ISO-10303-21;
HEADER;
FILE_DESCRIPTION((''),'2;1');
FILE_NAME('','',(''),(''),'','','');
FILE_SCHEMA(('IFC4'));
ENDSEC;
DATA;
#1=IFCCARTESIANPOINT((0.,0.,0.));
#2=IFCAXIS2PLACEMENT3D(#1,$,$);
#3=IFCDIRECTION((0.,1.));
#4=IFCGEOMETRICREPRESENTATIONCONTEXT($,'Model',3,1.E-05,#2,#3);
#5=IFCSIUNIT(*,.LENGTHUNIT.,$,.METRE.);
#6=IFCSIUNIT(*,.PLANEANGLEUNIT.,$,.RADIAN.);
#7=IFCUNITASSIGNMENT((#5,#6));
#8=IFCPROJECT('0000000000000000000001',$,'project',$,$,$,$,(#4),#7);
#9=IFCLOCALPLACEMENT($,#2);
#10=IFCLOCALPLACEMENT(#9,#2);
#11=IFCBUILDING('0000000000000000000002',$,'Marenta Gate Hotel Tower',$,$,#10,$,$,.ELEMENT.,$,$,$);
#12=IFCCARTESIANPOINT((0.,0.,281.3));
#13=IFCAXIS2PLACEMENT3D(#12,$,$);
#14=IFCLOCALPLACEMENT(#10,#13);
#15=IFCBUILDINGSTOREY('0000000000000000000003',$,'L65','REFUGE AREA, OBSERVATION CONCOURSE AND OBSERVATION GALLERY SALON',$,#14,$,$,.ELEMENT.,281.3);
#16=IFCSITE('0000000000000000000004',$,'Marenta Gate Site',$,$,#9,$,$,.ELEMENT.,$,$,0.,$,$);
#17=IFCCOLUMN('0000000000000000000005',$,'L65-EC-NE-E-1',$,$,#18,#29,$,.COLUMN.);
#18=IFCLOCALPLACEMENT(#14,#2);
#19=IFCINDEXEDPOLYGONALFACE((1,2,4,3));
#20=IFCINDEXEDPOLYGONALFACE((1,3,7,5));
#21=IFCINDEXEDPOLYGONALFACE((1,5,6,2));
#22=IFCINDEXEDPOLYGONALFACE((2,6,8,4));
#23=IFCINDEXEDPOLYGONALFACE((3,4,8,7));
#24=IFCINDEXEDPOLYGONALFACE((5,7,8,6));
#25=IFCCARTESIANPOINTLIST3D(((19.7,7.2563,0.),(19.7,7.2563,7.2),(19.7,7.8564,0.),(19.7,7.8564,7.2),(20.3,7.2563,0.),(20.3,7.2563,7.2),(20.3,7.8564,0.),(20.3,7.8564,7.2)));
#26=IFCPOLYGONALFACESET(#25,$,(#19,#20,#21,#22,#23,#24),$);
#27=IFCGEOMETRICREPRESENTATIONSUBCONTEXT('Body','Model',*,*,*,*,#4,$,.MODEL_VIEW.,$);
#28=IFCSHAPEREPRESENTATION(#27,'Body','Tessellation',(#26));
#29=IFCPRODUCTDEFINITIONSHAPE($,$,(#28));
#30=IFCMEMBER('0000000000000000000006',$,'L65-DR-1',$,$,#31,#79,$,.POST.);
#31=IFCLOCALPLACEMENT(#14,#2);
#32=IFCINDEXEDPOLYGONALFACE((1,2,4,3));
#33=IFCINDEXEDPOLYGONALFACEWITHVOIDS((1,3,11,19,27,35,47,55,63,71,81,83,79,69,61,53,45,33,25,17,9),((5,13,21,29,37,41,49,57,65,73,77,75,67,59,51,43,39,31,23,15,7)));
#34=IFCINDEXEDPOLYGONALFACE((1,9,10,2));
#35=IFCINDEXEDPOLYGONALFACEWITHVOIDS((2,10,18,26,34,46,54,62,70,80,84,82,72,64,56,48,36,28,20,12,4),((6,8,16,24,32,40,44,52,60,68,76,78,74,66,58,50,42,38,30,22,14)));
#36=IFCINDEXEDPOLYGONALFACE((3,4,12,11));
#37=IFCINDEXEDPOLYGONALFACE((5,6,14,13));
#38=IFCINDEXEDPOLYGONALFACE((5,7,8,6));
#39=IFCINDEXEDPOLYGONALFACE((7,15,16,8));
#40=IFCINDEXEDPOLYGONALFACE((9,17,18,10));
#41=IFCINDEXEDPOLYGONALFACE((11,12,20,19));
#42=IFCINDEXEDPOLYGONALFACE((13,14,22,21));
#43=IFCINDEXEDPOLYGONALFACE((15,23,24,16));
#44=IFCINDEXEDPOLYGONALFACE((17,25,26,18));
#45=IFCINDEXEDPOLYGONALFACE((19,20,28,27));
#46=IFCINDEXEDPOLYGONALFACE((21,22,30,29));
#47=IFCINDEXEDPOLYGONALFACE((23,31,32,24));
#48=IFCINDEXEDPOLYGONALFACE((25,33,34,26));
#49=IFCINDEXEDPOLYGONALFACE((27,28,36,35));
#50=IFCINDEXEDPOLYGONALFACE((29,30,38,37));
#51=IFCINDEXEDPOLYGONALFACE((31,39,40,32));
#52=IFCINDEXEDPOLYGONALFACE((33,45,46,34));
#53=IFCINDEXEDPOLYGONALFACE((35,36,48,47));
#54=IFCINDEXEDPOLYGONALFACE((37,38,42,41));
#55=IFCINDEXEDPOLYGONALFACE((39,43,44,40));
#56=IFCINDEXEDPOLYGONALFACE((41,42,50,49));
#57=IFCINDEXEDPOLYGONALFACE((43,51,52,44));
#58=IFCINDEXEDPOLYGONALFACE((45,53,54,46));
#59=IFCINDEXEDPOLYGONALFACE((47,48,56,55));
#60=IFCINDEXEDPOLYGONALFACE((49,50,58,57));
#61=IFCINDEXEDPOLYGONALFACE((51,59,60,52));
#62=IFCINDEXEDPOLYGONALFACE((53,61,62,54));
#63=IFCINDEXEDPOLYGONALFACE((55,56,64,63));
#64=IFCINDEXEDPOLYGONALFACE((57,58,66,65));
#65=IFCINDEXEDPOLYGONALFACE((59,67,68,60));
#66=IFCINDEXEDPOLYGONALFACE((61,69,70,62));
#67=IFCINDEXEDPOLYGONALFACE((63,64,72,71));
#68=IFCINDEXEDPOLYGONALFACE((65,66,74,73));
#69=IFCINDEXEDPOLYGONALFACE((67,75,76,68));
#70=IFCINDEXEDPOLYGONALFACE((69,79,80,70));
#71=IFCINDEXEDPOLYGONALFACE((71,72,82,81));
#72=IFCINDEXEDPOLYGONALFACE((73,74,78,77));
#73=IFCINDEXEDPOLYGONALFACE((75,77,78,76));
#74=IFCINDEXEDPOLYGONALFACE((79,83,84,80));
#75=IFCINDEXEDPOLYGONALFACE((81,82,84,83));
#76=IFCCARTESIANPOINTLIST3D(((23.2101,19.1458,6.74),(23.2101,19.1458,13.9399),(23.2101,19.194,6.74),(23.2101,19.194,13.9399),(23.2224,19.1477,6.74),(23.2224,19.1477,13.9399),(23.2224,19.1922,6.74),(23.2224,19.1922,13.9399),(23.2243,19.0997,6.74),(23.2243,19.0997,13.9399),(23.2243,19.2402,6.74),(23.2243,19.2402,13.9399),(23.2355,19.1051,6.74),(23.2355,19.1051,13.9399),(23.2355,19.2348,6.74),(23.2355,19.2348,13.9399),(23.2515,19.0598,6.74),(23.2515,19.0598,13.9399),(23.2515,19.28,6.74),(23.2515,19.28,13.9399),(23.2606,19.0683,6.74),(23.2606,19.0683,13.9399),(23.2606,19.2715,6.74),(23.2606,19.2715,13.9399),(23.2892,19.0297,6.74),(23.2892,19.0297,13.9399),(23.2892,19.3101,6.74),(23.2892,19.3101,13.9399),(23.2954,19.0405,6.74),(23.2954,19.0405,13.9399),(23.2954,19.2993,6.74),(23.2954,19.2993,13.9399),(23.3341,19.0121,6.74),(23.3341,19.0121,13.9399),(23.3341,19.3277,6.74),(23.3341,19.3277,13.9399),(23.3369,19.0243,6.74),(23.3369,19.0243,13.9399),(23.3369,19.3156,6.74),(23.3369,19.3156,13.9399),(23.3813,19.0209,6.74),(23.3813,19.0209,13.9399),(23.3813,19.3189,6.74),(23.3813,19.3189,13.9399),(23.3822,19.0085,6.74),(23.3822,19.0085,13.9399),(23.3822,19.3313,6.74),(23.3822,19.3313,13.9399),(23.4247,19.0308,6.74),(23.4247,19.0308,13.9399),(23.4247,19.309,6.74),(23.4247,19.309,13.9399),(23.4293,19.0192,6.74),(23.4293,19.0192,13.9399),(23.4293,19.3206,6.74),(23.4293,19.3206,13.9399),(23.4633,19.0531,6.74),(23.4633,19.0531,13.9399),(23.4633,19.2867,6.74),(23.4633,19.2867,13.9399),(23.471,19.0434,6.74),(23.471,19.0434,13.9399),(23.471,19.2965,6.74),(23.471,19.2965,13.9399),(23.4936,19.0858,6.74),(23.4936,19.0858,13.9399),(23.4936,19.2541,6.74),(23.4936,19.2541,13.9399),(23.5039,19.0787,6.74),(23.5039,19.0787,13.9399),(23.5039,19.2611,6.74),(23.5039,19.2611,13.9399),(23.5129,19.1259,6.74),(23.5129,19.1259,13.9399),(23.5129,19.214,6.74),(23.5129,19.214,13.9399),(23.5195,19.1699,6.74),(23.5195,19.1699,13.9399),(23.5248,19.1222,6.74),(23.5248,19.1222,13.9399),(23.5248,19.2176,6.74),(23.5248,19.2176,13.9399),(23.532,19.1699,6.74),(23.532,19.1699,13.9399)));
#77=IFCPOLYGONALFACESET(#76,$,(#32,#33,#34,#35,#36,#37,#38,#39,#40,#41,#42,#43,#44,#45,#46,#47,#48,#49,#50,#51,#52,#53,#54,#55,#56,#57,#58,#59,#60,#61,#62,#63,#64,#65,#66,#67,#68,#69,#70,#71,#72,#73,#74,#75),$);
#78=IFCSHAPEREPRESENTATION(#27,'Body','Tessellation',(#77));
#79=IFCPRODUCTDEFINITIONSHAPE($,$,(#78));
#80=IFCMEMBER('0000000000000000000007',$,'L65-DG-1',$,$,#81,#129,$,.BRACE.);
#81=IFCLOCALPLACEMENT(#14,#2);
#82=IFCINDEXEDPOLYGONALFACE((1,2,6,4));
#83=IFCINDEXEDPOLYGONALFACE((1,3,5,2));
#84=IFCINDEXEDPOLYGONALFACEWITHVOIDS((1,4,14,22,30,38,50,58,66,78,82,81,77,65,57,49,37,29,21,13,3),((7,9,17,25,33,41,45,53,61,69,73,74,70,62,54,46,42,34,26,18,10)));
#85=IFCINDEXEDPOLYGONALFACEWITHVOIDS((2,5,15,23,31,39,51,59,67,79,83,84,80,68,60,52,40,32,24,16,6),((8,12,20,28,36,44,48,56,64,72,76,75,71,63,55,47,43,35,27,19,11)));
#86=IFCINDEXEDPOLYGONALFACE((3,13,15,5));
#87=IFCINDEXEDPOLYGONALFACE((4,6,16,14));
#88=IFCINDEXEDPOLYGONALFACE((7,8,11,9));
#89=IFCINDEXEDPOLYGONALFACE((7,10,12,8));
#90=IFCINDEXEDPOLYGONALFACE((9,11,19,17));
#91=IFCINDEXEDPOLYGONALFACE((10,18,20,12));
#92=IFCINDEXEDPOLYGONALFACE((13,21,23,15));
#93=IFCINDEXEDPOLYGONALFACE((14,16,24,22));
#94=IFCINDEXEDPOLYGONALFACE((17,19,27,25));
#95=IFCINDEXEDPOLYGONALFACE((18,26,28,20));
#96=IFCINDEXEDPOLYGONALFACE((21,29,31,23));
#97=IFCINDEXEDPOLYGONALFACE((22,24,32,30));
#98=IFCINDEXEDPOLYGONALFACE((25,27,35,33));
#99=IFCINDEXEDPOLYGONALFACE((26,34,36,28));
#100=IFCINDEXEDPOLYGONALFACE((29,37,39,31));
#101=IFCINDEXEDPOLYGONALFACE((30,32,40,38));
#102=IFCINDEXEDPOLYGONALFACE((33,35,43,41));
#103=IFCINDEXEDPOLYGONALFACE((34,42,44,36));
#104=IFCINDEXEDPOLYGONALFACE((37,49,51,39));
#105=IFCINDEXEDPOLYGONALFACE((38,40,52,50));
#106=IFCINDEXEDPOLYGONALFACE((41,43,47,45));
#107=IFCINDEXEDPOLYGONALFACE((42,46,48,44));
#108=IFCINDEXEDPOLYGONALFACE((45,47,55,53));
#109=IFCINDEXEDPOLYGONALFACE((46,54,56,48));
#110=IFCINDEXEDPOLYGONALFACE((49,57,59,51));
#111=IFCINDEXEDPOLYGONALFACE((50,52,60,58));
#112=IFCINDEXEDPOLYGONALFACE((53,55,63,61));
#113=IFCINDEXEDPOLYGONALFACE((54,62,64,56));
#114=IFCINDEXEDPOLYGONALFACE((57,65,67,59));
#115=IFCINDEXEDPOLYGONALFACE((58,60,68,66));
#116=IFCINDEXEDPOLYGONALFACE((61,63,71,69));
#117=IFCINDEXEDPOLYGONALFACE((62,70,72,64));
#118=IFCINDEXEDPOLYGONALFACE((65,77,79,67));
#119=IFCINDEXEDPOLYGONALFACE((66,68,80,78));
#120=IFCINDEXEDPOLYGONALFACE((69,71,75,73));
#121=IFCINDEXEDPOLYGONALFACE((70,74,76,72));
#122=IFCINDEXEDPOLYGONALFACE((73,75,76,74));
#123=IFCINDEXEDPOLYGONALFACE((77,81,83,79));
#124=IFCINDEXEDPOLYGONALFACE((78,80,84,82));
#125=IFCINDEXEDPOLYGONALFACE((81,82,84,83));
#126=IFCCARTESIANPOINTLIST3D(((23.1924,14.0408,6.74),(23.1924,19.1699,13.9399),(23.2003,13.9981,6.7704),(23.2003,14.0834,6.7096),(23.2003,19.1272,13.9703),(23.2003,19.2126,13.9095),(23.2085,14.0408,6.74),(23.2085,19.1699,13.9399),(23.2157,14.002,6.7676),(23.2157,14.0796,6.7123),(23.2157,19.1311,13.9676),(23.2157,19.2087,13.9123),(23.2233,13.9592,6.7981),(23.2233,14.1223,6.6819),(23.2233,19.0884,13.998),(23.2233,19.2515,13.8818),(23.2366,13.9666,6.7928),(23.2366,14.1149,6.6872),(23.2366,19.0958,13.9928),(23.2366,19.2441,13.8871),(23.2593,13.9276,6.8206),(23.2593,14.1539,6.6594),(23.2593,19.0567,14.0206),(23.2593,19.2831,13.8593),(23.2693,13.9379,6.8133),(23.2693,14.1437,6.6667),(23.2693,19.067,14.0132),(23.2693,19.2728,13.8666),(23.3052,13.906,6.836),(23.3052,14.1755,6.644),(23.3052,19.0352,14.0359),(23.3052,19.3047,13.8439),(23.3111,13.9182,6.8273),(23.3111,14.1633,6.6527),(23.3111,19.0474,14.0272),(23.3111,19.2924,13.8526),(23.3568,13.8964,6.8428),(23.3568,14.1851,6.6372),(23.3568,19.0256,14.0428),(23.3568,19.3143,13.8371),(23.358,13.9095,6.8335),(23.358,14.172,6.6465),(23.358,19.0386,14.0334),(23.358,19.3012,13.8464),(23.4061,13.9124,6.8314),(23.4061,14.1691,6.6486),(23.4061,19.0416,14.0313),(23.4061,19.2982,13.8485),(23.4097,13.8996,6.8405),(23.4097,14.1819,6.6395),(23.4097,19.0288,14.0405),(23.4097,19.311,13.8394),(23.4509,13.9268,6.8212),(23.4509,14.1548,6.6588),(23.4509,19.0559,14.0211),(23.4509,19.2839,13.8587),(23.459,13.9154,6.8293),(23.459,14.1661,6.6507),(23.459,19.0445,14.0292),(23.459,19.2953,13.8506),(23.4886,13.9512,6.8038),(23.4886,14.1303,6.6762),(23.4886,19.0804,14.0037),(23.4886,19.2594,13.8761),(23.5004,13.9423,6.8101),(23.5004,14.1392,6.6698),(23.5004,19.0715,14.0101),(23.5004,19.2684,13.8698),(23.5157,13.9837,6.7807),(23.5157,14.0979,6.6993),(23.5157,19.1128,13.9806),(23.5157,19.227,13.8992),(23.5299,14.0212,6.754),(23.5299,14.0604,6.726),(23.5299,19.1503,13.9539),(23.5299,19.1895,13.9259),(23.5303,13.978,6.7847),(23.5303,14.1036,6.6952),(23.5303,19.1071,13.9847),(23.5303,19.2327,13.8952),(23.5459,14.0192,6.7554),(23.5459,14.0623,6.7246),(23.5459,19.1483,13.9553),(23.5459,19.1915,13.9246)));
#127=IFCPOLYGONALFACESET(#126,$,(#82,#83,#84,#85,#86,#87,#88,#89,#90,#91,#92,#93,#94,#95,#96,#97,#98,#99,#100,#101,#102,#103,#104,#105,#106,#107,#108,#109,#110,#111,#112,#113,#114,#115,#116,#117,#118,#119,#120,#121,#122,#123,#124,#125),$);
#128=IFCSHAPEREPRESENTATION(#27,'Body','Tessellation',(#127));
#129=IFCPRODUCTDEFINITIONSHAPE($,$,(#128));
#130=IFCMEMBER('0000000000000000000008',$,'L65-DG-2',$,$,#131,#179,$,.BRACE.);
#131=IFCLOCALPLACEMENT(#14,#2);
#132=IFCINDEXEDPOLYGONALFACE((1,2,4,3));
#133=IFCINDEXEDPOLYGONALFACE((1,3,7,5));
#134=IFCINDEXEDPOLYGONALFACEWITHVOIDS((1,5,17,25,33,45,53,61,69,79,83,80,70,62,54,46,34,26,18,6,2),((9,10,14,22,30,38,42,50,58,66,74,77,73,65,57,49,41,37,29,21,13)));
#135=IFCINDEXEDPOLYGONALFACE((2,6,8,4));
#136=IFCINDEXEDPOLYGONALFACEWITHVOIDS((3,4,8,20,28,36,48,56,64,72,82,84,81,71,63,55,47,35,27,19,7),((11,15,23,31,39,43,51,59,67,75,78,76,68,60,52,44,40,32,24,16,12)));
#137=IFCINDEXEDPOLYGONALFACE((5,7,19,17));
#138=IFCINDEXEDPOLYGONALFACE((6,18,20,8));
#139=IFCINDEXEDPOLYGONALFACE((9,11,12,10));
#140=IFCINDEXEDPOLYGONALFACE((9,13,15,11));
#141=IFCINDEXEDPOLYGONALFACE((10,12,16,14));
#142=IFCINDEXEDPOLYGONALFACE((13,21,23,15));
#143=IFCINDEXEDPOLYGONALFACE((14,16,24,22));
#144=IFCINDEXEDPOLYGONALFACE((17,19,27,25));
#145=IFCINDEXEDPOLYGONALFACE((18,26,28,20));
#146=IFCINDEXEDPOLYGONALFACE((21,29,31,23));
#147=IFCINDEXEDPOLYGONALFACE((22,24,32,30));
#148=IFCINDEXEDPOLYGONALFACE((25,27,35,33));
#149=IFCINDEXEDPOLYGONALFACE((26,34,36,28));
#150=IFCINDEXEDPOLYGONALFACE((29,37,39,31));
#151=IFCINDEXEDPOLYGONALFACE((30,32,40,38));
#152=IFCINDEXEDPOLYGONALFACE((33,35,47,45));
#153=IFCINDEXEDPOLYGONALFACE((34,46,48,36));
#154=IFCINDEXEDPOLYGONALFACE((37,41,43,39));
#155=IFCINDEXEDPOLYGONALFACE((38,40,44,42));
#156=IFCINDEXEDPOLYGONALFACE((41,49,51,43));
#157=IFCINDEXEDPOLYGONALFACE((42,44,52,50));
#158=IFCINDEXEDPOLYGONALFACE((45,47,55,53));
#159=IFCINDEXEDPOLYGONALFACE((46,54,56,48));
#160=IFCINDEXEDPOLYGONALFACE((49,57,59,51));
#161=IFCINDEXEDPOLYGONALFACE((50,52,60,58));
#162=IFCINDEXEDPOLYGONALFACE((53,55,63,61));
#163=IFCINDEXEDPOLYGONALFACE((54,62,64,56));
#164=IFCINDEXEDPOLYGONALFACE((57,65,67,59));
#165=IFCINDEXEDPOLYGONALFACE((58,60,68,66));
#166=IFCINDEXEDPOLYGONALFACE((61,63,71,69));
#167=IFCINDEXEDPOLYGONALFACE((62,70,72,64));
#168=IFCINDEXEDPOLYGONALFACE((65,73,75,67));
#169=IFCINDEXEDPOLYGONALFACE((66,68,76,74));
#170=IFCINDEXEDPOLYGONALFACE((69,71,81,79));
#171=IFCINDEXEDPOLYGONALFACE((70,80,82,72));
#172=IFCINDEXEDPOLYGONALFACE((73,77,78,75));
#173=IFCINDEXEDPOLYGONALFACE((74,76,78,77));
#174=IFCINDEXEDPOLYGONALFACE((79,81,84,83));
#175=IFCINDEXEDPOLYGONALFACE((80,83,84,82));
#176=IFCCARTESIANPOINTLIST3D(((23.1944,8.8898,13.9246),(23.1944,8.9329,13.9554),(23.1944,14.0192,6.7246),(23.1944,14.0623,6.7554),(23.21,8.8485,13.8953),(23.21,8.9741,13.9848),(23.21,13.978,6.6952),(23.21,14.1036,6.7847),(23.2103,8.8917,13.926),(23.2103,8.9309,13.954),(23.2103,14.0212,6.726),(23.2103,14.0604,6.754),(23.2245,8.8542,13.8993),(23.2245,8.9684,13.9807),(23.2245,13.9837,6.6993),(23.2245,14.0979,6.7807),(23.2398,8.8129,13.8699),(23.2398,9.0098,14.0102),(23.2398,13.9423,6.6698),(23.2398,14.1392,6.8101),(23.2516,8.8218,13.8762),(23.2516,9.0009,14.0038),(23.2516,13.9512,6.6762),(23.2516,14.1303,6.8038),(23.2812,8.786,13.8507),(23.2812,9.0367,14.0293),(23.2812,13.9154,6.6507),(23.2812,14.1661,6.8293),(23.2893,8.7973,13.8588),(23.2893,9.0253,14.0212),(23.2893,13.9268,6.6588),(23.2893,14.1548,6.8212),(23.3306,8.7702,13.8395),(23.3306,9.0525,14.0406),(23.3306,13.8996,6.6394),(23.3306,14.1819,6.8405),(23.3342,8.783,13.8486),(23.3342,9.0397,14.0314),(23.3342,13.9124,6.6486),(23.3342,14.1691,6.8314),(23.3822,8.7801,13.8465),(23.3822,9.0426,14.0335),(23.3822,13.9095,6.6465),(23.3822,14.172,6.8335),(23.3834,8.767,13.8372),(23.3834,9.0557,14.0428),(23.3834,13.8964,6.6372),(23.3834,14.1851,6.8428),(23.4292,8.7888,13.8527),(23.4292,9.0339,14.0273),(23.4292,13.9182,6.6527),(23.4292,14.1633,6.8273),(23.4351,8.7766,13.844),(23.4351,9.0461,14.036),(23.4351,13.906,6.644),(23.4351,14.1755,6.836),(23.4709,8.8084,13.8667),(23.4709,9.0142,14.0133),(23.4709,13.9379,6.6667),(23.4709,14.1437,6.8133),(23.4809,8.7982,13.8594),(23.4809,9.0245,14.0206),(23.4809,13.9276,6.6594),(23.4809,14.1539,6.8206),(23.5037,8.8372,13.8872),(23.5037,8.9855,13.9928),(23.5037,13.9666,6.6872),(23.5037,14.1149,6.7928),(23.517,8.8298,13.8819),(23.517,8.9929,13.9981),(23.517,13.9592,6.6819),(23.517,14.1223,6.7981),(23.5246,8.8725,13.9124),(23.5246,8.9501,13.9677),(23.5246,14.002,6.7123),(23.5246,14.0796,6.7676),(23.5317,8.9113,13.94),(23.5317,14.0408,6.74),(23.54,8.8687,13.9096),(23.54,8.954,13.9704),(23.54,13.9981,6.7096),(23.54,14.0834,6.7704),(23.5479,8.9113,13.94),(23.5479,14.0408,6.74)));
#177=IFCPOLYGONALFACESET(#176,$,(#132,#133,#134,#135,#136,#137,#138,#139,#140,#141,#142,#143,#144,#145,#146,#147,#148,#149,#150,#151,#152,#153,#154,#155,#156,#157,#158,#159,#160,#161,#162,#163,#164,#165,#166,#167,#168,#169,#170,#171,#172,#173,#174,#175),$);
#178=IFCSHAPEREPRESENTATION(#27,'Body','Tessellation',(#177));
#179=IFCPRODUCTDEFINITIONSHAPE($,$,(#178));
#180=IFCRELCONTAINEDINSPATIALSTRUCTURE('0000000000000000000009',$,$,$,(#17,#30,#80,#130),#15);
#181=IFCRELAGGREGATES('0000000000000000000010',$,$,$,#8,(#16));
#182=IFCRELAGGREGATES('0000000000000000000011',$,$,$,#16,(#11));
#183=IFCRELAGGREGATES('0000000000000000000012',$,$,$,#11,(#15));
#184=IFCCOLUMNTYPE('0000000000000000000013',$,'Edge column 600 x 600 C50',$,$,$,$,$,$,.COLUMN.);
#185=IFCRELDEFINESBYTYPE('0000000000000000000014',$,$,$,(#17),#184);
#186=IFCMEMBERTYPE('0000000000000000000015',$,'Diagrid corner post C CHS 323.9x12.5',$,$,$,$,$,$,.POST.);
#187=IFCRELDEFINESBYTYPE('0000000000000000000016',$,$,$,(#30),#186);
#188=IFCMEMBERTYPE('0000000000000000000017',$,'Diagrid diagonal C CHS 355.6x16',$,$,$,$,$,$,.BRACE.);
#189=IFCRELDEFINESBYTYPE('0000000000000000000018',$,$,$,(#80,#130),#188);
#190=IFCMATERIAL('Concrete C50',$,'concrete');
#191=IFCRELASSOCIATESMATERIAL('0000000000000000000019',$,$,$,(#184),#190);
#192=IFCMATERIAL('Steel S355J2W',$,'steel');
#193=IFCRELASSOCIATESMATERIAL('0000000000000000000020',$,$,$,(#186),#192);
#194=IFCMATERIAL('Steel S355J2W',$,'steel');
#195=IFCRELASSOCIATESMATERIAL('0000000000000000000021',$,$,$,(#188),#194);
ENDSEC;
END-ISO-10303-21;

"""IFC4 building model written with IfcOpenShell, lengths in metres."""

from ifc_helpers import new_model, si_unit, direction, frame, origin, origin_2d, place, context, subcontext, project, spatial, rectangle, hollow_circle, extrude, material, material_profile, profile_set, type_object, element, save


model = new_model("IFC4")

# Units and contexts
model_context = context("Model", 3, precision=1e-05, world=origin(), true_north=direction((0.0, 1.0)))
body_context = subcontext(model_context, "Body", "Model", "MODEL_VIEW")
ifc_project = project(units=[si_unit("LENGTHUNIT", "METRE"), si_unit("PLANEANGLEUNIT", "RADIAN")], contexts=[model_context])

# Site, building, storey
site_placement = place(None, origin())
site = spatial("IfcSite", under=ifc_project, at=site_placement, Name="Marenta Gate Site", CompositionType="ELEMENT", RefElevation=0.0)
building_placement = place(site_placement, origin())
building = spatial("IfcBuilding", under=site, at=building_placement, Name="Marenta Gate Hotel Tower", CompositionType="ELEMENT")
storey_placement = place(building_placement, frame((0.0, 0.0, 281.3)))
storey = spatial("IfcBuildingStorey", under=building, at=storey_placement, Name="L65", Description="REFUGE AREA, OBSERVATION CONCOURSE AND OBSERVATION GALLERY SALON", CompositionType="ELEMENT", Elevation=281.3)

# Column
ifc_material_1 = material(Name="Concrete C50", Category="concrete")
ifc_material_profile_1 = material_profile(ifc_material_1, rectangle(XDim=0.6001, YDim=0.6001, at=origin_2d()), Name="600 x 600")
ifc_profile_set_1 = profile_set([ifc_material_profile_1], Name="Concrete C50")
column_type = type_object("IfcColumnType", Name="Edge column 600 x 600 C50", PredefinedType="COLUMN", material=ifc_profile_set_1)
column_placement = place(storey_placement, frame((20.0, 7.5564, 0.0), z_axis=(0.0, 0.0, 1.0), x_axis=(1.0, 0.0, 0.0)))
element("IfcColumn", 1, at=column_placement, inside=storey, type_object=column_type, Name="L65-EC-NE-E-1", PredefinedType="COLUMN", context=body_context, shape_type="SweptSolid", body=[
    extrude(rectangle(XDim=0.6001, YDim=0.6001, at=origin_2d()), origin(), (0.0, 0.0, 1.0), 7.2),
])

# Members
ifc_material_2 = material(Name="Steel S355J2W", Category="steel")
ifc_material_profile_2 = material_profile(ifc_material_2, hollow_circle(Radius=0.1619, WallThickness=0.0125, at=origin_2d()), Name="CHS 323.9x12.5")
ifc_profile_set_2 = profile_set([ifc_material_profile_2], Name="Steel S355J2W")
member_type_1 = type_object("IfcMemberType", Name="Diagrid corner post C CHS 323.9x12.5", PredefinedType="POST", material=ifc_profile_set_2)
member_1_placement = place(storey_placement, frame((23.3701, 19.1699, 6.74), z_axis=(0.0, 0.0, 1.0), x_axis=(1.0, 0.0, 0.0)))
element("IfcMember", 2, at=member_1_placement, inside=storey, type_object=member_type_1, Name="L65-DR-1", PredefinedType="POST", context=body_context, shape_type="SweptSolid", body=[
    extrude(hollow_circle(Radius=0.1619, WallThickness=0.0125, at=origin_2d()), origin(), (0.0, 0.0, 1.0), 7.2),
])
ifc_material_3 = material(Name="Steel S355J2W", Category="steel")
ifc_material_profile_3 = material_profile(ifc_material_3, hollow_circle(Radius=0.1777, WallThickness=0.0161, at=origin_2d()), Name="CHS 355.6x16")
ifc_profile_set_3 = profile_set([ifc_material_profile_3], Name="Steel S355J2W")
member_type_2 = type_object("IfcMemberType", Name="Diagrid diagonal C CHS 355.6x16", PredefinedType="BRACE", material=ifc_profile_set_3)
member_2_placement = place(storey_placement, frame((23.3701, 14.0408, 6.74), z_axis=(0.0, 0.580214, 0.814464), x_axis=(-1.0, 0.0, 0.0)))
element("IfcMember", 3, at=member_2_placement, inside=storey, type_object=member_type_2, Name="L65-DG-1", PredefinedType="BRACE", context=body_context, shape_type="SweptSolid", body=[
    extrude(hollow_circle(Radius=0.1777, WallThickness=0.0161, at=origin_2d()), origin(), (0.0, 0.0, 1.0), 8.8401),
])
member_3_placement = place(storey_placement, frame((23.3701, 14.0408, 6.74), z_axis=(0.0, -0.580232, 0.814451), x_axis=(1.0, 0.0, 0.0)))
element("IfcMember", 4, at=member_3_placement, inside=storey, type_object=member_type_2, Name="L65-DG-2", PredefinedType="BRACE", context=body_context, shape_type="SweptSolid", body=[
    extrude(hollow_circle(Radius=0.1777, WallThickness=0.0161, at=origin_2d()), origin(), (0.0, 0.0, 1.0), 8.8403),
])

save(model, "model.ifc")
